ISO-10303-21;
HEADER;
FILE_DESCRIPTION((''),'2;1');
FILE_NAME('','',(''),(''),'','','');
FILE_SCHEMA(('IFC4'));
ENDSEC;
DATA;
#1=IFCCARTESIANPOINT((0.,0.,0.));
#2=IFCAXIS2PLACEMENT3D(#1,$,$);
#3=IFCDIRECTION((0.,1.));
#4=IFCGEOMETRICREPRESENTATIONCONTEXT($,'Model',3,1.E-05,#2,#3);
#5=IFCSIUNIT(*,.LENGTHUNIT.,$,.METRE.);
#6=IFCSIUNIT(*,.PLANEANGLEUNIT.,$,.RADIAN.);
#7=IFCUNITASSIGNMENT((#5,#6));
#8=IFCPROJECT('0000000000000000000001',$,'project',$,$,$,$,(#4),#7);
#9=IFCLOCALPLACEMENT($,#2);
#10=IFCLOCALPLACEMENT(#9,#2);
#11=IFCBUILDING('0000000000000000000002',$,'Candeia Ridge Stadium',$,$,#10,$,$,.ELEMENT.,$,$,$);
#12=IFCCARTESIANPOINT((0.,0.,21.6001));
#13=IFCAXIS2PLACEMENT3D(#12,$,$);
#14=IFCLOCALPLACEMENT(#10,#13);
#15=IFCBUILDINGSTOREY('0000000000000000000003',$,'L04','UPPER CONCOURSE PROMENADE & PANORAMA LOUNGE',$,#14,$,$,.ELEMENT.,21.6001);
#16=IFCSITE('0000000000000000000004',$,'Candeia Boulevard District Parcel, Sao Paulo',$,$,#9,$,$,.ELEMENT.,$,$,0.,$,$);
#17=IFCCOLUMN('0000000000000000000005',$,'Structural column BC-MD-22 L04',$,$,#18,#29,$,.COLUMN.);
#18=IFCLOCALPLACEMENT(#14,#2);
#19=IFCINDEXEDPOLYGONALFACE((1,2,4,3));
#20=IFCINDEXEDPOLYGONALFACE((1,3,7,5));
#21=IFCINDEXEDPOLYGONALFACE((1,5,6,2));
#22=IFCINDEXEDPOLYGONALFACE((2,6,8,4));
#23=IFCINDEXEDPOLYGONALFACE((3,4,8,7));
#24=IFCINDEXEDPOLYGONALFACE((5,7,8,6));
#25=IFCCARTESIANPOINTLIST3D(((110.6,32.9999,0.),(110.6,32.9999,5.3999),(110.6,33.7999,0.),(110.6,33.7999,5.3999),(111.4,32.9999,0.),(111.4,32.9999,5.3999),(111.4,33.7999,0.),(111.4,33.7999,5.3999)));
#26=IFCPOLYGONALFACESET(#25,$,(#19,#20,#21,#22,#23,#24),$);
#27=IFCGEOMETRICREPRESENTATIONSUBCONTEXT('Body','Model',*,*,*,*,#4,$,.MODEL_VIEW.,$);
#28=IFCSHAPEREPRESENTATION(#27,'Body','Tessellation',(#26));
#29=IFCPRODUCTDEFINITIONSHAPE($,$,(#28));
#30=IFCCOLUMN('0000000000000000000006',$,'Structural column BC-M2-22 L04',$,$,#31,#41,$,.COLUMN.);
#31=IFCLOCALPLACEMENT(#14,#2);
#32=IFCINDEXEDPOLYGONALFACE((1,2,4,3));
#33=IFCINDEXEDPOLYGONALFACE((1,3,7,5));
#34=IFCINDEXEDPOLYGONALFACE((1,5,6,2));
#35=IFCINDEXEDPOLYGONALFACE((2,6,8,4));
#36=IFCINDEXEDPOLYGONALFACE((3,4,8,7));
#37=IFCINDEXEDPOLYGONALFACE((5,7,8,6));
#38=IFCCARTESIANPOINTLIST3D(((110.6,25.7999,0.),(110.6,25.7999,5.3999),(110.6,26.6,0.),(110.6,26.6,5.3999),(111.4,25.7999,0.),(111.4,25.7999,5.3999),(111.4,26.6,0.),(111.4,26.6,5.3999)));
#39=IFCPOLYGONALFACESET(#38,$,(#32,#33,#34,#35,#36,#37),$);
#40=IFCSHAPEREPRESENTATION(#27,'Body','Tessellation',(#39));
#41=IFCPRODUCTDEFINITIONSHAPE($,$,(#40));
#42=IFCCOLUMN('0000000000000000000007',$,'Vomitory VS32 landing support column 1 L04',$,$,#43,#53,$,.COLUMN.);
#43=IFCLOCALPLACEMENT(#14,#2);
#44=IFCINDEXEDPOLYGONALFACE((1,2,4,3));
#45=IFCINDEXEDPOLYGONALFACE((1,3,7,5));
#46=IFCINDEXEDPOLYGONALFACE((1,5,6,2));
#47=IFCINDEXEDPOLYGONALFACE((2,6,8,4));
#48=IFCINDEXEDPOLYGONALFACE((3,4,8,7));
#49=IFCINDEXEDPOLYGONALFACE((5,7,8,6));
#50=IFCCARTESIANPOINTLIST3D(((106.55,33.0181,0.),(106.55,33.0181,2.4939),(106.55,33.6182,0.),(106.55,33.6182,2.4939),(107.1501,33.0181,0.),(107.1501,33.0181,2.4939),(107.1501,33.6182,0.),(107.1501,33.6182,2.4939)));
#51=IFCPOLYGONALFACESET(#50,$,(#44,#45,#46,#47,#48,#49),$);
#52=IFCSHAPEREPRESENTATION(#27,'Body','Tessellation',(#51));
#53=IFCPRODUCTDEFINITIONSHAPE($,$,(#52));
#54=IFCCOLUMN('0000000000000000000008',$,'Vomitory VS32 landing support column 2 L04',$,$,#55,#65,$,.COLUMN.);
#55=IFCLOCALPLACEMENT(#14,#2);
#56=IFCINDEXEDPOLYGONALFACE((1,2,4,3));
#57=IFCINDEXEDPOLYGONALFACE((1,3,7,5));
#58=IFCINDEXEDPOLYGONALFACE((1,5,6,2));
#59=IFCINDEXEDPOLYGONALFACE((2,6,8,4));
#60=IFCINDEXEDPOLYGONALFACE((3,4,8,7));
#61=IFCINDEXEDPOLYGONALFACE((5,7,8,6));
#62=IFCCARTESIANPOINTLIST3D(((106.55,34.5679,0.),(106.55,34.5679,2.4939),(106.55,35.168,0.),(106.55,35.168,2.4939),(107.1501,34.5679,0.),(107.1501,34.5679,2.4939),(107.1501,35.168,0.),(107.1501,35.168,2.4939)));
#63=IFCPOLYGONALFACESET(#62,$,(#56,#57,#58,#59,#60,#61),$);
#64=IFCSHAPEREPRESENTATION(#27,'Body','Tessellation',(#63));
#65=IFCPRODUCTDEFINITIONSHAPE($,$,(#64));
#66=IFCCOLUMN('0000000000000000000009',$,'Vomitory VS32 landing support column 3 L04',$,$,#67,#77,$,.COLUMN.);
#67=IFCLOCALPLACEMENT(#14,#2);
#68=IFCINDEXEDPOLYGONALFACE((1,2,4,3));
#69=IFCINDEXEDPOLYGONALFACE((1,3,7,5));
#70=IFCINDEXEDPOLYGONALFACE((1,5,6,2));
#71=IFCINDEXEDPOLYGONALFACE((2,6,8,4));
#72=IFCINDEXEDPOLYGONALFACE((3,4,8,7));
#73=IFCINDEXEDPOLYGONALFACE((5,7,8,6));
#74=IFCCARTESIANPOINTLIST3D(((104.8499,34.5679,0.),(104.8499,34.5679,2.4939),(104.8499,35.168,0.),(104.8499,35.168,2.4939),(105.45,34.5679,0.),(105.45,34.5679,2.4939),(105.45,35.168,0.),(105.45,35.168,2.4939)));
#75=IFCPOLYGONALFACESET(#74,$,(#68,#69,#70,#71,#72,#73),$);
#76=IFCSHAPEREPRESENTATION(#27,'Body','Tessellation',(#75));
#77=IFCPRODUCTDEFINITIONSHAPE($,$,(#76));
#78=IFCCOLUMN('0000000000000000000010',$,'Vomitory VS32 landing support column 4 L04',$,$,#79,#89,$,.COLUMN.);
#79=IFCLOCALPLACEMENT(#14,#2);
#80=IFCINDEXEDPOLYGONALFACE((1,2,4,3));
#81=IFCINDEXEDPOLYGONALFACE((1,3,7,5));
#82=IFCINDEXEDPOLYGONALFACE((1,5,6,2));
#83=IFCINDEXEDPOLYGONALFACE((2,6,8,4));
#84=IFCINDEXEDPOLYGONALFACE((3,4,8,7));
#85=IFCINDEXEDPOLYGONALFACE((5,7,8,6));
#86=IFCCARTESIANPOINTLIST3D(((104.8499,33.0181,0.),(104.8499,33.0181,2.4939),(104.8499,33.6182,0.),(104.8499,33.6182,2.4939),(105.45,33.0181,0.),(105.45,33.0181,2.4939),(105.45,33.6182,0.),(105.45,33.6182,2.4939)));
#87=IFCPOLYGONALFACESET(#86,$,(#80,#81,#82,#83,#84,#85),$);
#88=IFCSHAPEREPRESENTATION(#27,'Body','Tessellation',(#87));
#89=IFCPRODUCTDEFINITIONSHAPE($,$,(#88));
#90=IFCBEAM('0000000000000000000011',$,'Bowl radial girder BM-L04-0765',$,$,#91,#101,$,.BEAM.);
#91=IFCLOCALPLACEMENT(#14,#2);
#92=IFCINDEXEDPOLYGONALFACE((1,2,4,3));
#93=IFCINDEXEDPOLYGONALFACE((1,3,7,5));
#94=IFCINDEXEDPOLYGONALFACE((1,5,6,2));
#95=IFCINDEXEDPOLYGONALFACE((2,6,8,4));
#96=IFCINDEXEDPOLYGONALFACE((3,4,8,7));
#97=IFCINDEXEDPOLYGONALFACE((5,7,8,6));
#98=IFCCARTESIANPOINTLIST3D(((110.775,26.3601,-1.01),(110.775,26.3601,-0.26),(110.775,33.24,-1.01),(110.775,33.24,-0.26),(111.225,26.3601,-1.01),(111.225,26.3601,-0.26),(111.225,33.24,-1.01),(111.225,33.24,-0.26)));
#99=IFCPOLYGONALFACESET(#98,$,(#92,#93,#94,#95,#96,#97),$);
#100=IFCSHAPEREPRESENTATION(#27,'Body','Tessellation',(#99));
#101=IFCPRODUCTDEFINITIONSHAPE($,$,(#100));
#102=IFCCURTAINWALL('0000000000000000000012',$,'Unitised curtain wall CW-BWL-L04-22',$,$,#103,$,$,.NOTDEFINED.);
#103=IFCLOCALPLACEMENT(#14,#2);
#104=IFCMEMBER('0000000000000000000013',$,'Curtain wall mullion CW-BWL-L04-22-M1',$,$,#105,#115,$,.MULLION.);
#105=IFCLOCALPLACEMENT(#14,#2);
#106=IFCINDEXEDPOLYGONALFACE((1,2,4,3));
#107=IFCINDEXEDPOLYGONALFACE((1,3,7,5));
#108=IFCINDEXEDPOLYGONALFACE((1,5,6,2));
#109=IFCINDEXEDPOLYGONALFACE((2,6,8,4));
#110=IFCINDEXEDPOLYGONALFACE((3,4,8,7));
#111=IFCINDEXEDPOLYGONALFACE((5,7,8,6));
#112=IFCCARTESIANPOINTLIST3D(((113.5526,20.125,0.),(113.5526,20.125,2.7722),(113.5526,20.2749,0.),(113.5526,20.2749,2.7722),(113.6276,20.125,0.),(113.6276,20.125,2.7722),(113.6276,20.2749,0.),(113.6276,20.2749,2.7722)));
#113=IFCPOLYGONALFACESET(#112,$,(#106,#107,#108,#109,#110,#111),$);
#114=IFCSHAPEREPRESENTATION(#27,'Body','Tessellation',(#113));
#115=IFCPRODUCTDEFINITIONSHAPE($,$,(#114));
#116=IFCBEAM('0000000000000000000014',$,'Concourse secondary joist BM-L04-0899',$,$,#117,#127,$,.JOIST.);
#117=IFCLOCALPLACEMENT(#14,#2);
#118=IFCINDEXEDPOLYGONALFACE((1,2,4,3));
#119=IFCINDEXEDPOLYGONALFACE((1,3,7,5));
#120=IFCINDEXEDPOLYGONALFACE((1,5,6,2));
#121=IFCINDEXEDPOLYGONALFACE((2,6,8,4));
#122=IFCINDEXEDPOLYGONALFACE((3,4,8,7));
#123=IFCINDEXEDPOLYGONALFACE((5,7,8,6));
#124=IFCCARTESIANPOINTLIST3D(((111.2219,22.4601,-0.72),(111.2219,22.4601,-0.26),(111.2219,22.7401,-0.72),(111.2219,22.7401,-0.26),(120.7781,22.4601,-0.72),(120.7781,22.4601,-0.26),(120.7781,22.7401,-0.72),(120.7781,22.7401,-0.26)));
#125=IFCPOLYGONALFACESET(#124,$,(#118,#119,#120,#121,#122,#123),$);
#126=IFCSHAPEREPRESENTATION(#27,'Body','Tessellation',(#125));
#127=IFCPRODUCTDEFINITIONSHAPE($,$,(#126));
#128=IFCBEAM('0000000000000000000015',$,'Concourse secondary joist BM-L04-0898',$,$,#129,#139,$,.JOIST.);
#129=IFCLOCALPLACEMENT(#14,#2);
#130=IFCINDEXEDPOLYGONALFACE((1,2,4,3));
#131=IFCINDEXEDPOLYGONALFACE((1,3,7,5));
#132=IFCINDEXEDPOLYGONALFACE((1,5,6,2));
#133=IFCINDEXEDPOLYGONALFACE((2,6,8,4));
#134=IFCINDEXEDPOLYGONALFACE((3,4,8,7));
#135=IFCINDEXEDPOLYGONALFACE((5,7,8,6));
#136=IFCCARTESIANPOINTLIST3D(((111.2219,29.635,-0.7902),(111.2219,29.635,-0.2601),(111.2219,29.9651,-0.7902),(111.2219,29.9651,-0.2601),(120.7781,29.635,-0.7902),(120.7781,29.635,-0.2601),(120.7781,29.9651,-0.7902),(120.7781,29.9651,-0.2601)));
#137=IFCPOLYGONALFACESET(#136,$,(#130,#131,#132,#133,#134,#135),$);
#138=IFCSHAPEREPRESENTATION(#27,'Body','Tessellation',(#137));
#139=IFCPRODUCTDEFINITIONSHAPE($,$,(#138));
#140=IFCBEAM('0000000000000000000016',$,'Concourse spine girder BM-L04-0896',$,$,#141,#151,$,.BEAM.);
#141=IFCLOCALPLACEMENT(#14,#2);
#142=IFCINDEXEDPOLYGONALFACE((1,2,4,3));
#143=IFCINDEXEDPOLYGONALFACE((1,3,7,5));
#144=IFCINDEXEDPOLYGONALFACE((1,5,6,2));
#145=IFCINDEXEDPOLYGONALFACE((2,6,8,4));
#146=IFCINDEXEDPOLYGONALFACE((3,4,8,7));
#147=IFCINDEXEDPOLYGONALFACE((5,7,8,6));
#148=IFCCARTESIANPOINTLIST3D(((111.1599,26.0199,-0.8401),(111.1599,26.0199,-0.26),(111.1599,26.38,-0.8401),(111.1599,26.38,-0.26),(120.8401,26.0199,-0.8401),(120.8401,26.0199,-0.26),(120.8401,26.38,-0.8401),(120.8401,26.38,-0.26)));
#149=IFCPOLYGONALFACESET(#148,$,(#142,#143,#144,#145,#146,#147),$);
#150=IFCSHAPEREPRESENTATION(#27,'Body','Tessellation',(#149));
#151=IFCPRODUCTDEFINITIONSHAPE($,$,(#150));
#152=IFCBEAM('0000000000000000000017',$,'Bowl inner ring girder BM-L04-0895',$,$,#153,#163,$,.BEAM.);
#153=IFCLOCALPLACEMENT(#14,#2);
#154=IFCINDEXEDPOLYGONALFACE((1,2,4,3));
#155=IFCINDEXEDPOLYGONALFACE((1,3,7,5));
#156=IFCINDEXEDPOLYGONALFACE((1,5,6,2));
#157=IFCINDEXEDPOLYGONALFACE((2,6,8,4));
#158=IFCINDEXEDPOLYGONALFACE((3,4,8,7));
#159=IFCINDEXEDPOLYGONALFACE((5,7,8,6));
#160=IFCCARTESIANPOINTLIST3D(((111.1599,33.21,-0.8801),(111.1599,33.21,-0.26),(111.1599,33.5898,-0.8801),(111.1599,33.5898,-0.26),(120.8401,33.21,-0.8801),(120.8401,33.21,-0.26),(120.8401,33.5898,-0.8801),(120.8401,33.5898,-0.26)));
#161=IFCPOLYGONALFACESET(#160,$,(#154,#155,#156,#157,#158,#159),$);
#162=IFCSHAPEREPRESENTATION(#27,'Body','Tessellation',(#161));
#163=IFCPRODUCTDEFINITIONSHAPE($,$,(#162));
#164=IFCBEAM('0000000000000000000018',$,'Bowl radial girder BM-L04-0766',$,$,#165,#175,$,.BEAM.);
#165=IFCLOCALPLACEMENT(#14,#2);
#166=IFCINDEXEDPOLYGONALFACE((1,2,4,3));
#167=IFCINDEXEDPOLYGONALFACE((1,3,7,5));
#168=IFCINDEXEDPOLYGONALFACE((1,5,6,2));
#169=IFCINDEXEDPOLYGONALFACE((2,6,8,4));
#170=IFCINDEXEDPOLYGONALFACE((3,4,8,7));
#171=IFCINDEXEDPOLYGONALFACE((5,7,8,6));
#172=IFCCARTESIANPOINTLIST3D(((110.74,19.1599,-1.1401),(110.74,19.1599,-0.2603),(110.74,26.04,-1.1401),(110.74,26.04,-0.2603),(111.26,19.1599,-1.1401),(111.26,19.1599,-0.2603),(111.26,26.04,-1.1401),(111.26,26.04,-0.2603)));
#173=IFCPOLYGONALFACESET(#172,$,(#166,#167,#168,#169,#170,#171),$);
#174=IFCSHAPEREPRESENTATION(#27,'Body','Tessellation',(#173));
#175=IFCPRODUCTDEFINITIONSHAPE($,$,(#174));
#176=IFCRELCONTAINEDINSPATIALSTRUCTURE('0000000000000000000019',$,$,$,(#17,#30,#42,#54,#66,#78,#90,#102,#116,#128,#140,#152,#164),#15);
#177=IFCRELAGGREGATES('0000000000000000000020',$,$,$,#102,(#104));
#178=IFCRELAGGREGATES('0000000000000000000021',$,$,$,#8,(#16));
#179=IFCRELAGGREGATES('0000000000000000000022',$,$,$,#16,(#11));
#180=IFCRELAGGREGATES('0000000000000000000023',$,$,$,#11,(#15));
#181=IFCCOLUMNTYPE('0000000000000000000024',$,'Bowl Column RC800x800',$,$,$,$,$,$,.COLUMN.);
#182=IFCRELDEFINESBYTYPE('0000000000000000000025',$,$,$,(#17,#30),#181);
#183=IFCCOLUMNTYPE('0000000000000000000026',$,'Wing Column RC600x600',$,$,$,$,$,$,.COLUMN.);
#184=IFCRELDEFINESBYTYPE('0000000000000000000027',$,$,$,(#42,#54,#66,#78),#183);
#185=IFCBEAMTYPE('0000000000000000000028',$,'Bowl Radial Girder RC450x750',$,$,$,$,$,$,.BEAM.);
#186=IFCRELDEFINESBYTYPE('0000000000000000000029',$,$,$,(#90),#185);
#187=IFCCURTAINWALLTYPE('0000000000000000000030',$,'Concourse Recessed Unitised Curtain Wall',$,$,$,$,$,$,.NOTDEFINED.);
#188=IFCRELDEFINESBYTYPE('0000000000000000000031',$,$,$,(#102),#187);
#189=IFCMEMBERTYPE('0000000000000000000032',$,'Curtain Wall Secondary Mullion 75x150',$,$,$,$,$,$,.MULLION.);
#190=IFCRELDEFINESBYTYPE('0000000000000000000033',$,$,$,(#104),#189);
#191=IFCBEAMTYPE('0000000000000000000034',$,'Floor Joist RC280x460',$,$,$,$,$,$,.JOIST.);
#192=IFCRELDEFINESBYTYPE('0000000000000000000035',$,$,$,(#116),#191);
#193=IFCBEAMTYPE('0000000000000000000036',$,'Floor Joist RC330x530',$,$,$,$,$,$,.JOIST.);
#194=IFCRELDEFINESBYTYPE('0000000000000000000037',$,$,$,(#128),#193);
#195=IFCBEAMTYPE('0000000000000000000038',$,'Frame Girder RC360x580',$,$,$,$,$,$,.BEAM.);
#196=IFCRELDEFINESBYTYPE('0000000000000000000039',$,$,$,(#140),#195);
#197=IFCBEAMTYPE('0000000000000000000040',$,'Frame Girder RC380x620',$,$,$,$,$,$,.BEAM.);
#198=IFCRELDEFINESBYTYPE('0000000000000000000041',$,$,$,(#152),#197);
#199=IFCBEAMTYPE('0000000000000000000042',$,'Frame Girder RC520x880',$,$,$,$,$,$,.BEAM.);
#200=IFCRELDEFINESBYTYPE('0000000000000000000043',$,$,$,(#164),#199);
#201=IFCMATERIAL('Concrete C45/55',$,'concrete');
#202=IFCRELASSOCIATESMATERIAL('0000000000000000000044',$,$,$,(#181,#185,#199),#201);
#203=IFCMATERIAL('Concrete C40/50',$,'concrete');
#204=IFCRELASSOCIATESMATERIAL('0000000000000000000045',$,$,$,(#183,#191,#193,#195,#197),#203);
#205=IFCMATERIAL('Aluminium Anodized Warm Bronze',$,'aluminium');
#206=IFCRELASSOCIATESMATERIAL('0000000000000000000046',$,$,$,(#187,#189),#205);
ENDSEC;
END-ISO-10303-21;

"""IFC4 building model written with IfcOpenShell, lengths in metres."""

from ifc_helpers import new_model, si_unit, direction, frame, origin, origin_2d, place, context, subcontext, project, spatial, rectangle, extrude, material, material_profile, profile_set, type_object, element, aggregate, save


model = new_model("IFC4")

# Units and contexts
model_context = context("Model", 3, precision=1e-05, world=origin(), true_north=direction((0.0, 1.0)))
body_context = subcontext(model_context, "Body", "Model", "MODEL_VIEW")
ifc_project = project(units=[si_unit("LENGTHUNIT", "METRE"), si_unit("PLANEANGLEUNIT", "RADIAN")], contexts=[model_context])

# Site, building, storey
site_placement = place(None, origin())
site = spatial("IfcSite", under=ifc_project, at=site_placement, Name="Candeia Boulevard District Parcel, Sao Paulo", CompositionType="ELEMENT", RefElevation=0.0)
building_placement = place(site_placement, origin())
building = spatial("IfcBuilding", under=site, at=building_placement, Name="Candeia Ridge Stadium", CompositionType="ELEMENT")
storey_placement = place(building_placement, frame((0.0, 0.0, 21.6001)))
storey = spatial("IfcBuildingStorey", under=building, at=storey_placement, Name="L04", Description="UPPER CONCOURSE PROMENADE & PANORAMA LOUNGE", CompositionType="ELEMENT", Elevation=21.6001)

# Columns
ifc_material_1 = material(Name="Concrete C45/55", Category="concrete")
ifc_material_profile_1 = material_profile(ifc_material_1, rectangle(XDim=0.8, YDim=0.8, at=origin_2d()), Name="RC800x800", Category="concrete")
ifc_profile_set_1 = profile_set([ifc_material_profile_1], Name="Concrete C45/55")
column_type_1 = type_object("IfcColumnType", Name="Bowl Column RC800x800", PredefinedType="COLUMN", material=ifc_profile_set_1)
for number, where, z_axis, x_axis, name in (
    (1, (111.0, 33.3999, 0.0), (0.0, 0.0, 1.0), (1.0, 0.0, 0.0), "Structural column BC-MD-22 L04"),
    (2, (111.0, 26.2, 0.0), (0.0, 0.0, 1.0), (1.0, 0.0, 0.0), "Structural column BC-M2-22 L04"),
):
    element("IfcColumn", number, at=place(storey_placement, frame(where, z_axis=z_axis, x_axis=x_axis)), inside=storey, type_object=column_type_1, Name=name, PredefinedType="COLUMN", context=body_context, shape_type="SweptSolid", body=[
        extrude(rectangle(XDim=0.8, YDim=0.8, at=origin_2d()), origin(), (0.0, 0.0, 1.0), 5.3999),
    ])
ifc_material_2 = material(Name="Concrete C40/50", Category="concrete")
ifc_material_profile_2 = material_profile(ifc_material_2, rectangle(XDim=0.6001, YDim=0.6001, at=origin_2d()), Name="RC600x600", Category="concrete")
ifc_profile_set_2 = profile_set([ifc_material_profile_2], Name="Concrete C40/50")
column_type_2 = type_object("IfcColumnType", Name="Wing Column RC600x600", PredefinedType="COLUMN", material=ifc_profile_set_2)
for number, where, z_axis, x_axis, name in (
    (3, (106.8501, 33.3181, 0.0), (0.0, 0.0, 1.0), (1.0, 0.0, 0.0), "Vomitory VS32 landing support column 1 L04"),
    (4, (106.8501, 34.8679, 0.0), (0.0, 0.0, 1.0), (1.0, 0.0, 0.0), "Vomitory VS32 landing support column 2 L04"),
    (5, (105.1499, 34.8679, 0.0), (0.0, 0.0, 1.0), (1.0, 0.0, 0.0), "Vomitory VS32 landing support column 3 L04"),
    (6, (105.1499, 33.3181, 0.0), (0.0, 0.0, 1.0), (1.0, 0.0, 0.0), "Vomitory VS32 landing support column 4 L04"),
):
    element("IfcColumn", number, at=place(storey_placement, frame(where, z_axis=z_axis, x_axis=x_axis)), inside=storey, type_object=column_type_2, Name=name, PredefinedType="COLUMN", context=body_context, shape_type="SweptSolid", body=[
        extrude(rectangle(XDim=0.6001, YDim=0.6001, at=origin_2d()), origin(), (0.0, 0.0, 1.0), 2.4939),
    ])

# Beam
ifc_material_profile_3 = material_profile(ifc_material_1, rectangle(XDim=0.45, YDim=0.75, at=origin_2d()), Name="RC450x750", Category="concrete")
ifc_profile_set_3 = profile_set([ifc_material_profile_3], Name="Concrete C45/55")
beam_type_1 = type_object("IfcBeamType", Name="Bowl Radial Girder RC450x750", PredefinedType="BEAM", material=ifc_profile_set_3)
beam_1_placement = place(storey_placement, frame((111.0, 33.24, -0.635), z_axis=(0.0, -1.0, 0.0), x_axis=(1.0, 0.0, 0.0)))
element("IfcBeam", 7, at=beam_1_placement, inside=storey, type_object=beam_type_1, Name="Bowl radial girder BM-L04-0765", PredefinedType="BEAM", context=body_context, shape_type="SweptSolid", body=[
    extrude(rectangle(XDim=0.45, YDim=0.75, at=origin_2d()), origin(), (0.0, 0.0, 1.0), 6.8799),
])

# Curtain wall, member
ifc_material_3 = material(Name="Aluminium Anodized Warm Bronze", Category="aluminium")
curtain_wall_type = type_object("IfcCurtainWallType", Name="Concourse Recessed Unitised Curtain Wall", PredefinedType="NOTDEFINED", material=ifc_material_3)
curtain_wall_placement = place(storey_placement, origin())
curtain_wall = element("IfcCurtainWall", 8, at=curtain_wall_placement, inside=storey, type_object=curtain_wall_type, Name="Unitised curtain wall CW-BWL-L04-22", PredefinedType="NOTDEFINED")
ifc_material_profile_4 = material_profile(ifc_material_3, rectangle(XDim=0.075, YDim=0.1499, at=origin_2d()), Name="CWM-75x150", Category="aluminium")
ifc_profile_set_4 = profile_set([ifc_material_profile_4], Name="Aluminium Anodized Warm Bronze")
member_type = type_object("IfcMemberType", Name="Curtain Wall Secondary Mullion 75x150", PredefinedType="MULLION", material=ifc_profile_set_4)
member_placement = place(storey_placement, frame((113.5901, 20.2, 0.0), z_axis=(0.0, 0.0, 1.0), x_axis=(1.0, 0.0, 0.0)))
member = element("IfcMember", 9, at=member_placement, type_object=member_type, Name="Curtain wall mullion CW-BWL-L04-22-M1", PredefinedType="MULLION", context=body_context, shape_type="SweptSolid", body=[
    extrude(rectangle(XDim=0.075, YDim=0.1499, at=origin_2d()), origin(), (0.0, 0.0, 1.0), 2.7722),
])

# Beams
ifc_material_profile_5 = material_profile(ifc_material_2, rectangle(XDim=0.28, YDim=0.46, at=origin_2d()), Name="RC280x460", Category="concrete")
ifc_profile_set_5 = profile_set([ifc_material_profile_5], Name="Concrete C40/50")
beam_type_2 = type_object("IfcBeamType", Name="Floor Joist RC280x460", PredefinedType="JOIST", material=ifc_profile_set_5)
beam_2_placement = place(storey_placement, frame((111.2219, 22.6001, -0.49), z_axis=(1.0, 0.0, 0.0), x_axis=(0.0, 1.0, 0.0)))
element("IfcBeam", 10, at=beam_2_placement, inside=storey, type_object=beam_type_2, Name="Concourse secondary joist BM-L04-0899", PredefinedType="JOIST", context=body_context, shape_type="SweptSolid", body=[
    extrude(rectangle(XDim=0.28, YDim=0.46, at=origin_2d()), origin(), (0.0, 0.0, 1.0), 9.5562),
])
ifc_material_profile_6 = material_profile(ifc_material_2, rectangle(XDim=0.3301, YDim=0.53, at=origin_2d()), Name="RC330x530", Category="concrete")
ifc_profile_set_6 = profile_set([ifc_material_profile_6], Name="Concrete C40/50")
beam_type_3 = type_object("IfcBeamType", Name="Floor Joist RC330x530", PredefinedType="JOIST", material=ifc_profile_set_6)
beam_3_placement = place(storey_placement, frame((111.2219, 29.8, -0.5251), z_axis=(1.0, 0.0, 0.0), x_axis=(0.0, 1.0, 0.0)))
element("IfcBeam", 11, at=beam_3_placement, inside=storey, type_object=beam_type_3, Name="Concourse secondary joist BM-L04-0898", PredefinedType="JOIST", context=body_context, shape_type="SweptSolid", body=[
    extrude(rectangle(XDim=0.3301, YDim=0.53, at=origin_2d()), origin(), (0.0, 0.0, 1.0), 9.5562),
])
ifc_material_profile_7 = material_profile(ifc_material_2, rectangle(XDim=0.3601, YDim=0.5801, at=origin_2d()), Name="RC360x580", Category="concrete")
ifc_profile_set_7 = profile_set([ifc_material_profile_7], Name="Concrete C40/50")
beam_type_4 = type_object("IfcBeamType", Name="Frame Girder RC360x580", PredefinedType="BEAM", material=ifc_profile_set_7)
beam_4_placement = place(storey_placement, frame((111.1599, 26.2, -0.55), z_axis=(1.0, 0.0, 0.0), x_axis=(0.0, 1.0, 0.0)))
element("IfcBeam", 12, at=beam_4_placement, inside=storey, type_object=beam_type_4, Name="Concourse spine girder BM-L04-0896", PredefinedType="BEAM", context=body_context, shape_type="SweptSolid", body=[
    extrude(rectangle(XDim=0.3601, YDim=0.5801, at=origin_2d()), origin(), (0.0, 0.0, 1.0), 9.6802),
])
ifc_material_profile_8 = material_profile(ifc_material_2, rectangle(XDim=0.3799, YDim=0.6201, at=origin_2d()), Name="RC380x620", Category="concrete")
ifc_profile_set_8 = profile_set([ifc_material_profile_8], Name="Concrete C40/50")
beam_type_5 = type_object("IfcBeamType", Name="Frame Girder RC380x620", PredefinedType="BEAM", material=ifc_profile_set_8)
beam_5_placement = place(storey_placement, frame((111.1599, 33.3999, -0.5701), z_axis=(1.0, 0.0, 0.0), x_axis=(0.0, 1.0, 0.0)))
element("IfcBeam", 13, at=beam_5_placement, inside=storey, type_object=beam_type_5, Name="Bowl inner ring girder BM-L04-0895", PredefinedType="BEAM", context=body_context, shape_type="SweptSolid", body=[
    extrude(rectangle(XDim=0.3799, YDim=0.6201, at=origin_2d()), origin(), (0.0, 0.0, 1.0), 9.6802),
])
ifc_material_profile_9 = material_profile(ifc_material_1, rectangle(XDim=0.52, YDim=0.8799, at=origin_2d()), Name="RC520x880", Category="concrete")
ifc_profile_set_9 = profile_set([ifc_material_profile_9], Name="Concrete C45/55")
beam_type_6 = type_object("IfcBeamType", Name="Frame Girder RC520x880", PredefinedType="BEAM", material=ifc_profile_set_9)
beam_6_placement = place(storey_placement, frame((111.0, 26.04, -0.7002), z_axis=(0.0, -1.0, 0.0), x_axis=(1.0, 0.0, 0.0)))
element("IfcBeam", 14, at=beam_6_placement, inside=storey, type_object=beam_type_6, Name="Bowl radial girder BM-L04-0766", PredefinedType="BEAM", context=body_context, shape_type="SweptSolid", body=[
    extrude(rectangle(XDim=0.52, YDim=0.8799, at=origin_2d()), origin(), (0.0, 0.0, 1.0), 6.8801),
])

aggregate(curtain_wall, [member])

save(model, "model.ifc")
